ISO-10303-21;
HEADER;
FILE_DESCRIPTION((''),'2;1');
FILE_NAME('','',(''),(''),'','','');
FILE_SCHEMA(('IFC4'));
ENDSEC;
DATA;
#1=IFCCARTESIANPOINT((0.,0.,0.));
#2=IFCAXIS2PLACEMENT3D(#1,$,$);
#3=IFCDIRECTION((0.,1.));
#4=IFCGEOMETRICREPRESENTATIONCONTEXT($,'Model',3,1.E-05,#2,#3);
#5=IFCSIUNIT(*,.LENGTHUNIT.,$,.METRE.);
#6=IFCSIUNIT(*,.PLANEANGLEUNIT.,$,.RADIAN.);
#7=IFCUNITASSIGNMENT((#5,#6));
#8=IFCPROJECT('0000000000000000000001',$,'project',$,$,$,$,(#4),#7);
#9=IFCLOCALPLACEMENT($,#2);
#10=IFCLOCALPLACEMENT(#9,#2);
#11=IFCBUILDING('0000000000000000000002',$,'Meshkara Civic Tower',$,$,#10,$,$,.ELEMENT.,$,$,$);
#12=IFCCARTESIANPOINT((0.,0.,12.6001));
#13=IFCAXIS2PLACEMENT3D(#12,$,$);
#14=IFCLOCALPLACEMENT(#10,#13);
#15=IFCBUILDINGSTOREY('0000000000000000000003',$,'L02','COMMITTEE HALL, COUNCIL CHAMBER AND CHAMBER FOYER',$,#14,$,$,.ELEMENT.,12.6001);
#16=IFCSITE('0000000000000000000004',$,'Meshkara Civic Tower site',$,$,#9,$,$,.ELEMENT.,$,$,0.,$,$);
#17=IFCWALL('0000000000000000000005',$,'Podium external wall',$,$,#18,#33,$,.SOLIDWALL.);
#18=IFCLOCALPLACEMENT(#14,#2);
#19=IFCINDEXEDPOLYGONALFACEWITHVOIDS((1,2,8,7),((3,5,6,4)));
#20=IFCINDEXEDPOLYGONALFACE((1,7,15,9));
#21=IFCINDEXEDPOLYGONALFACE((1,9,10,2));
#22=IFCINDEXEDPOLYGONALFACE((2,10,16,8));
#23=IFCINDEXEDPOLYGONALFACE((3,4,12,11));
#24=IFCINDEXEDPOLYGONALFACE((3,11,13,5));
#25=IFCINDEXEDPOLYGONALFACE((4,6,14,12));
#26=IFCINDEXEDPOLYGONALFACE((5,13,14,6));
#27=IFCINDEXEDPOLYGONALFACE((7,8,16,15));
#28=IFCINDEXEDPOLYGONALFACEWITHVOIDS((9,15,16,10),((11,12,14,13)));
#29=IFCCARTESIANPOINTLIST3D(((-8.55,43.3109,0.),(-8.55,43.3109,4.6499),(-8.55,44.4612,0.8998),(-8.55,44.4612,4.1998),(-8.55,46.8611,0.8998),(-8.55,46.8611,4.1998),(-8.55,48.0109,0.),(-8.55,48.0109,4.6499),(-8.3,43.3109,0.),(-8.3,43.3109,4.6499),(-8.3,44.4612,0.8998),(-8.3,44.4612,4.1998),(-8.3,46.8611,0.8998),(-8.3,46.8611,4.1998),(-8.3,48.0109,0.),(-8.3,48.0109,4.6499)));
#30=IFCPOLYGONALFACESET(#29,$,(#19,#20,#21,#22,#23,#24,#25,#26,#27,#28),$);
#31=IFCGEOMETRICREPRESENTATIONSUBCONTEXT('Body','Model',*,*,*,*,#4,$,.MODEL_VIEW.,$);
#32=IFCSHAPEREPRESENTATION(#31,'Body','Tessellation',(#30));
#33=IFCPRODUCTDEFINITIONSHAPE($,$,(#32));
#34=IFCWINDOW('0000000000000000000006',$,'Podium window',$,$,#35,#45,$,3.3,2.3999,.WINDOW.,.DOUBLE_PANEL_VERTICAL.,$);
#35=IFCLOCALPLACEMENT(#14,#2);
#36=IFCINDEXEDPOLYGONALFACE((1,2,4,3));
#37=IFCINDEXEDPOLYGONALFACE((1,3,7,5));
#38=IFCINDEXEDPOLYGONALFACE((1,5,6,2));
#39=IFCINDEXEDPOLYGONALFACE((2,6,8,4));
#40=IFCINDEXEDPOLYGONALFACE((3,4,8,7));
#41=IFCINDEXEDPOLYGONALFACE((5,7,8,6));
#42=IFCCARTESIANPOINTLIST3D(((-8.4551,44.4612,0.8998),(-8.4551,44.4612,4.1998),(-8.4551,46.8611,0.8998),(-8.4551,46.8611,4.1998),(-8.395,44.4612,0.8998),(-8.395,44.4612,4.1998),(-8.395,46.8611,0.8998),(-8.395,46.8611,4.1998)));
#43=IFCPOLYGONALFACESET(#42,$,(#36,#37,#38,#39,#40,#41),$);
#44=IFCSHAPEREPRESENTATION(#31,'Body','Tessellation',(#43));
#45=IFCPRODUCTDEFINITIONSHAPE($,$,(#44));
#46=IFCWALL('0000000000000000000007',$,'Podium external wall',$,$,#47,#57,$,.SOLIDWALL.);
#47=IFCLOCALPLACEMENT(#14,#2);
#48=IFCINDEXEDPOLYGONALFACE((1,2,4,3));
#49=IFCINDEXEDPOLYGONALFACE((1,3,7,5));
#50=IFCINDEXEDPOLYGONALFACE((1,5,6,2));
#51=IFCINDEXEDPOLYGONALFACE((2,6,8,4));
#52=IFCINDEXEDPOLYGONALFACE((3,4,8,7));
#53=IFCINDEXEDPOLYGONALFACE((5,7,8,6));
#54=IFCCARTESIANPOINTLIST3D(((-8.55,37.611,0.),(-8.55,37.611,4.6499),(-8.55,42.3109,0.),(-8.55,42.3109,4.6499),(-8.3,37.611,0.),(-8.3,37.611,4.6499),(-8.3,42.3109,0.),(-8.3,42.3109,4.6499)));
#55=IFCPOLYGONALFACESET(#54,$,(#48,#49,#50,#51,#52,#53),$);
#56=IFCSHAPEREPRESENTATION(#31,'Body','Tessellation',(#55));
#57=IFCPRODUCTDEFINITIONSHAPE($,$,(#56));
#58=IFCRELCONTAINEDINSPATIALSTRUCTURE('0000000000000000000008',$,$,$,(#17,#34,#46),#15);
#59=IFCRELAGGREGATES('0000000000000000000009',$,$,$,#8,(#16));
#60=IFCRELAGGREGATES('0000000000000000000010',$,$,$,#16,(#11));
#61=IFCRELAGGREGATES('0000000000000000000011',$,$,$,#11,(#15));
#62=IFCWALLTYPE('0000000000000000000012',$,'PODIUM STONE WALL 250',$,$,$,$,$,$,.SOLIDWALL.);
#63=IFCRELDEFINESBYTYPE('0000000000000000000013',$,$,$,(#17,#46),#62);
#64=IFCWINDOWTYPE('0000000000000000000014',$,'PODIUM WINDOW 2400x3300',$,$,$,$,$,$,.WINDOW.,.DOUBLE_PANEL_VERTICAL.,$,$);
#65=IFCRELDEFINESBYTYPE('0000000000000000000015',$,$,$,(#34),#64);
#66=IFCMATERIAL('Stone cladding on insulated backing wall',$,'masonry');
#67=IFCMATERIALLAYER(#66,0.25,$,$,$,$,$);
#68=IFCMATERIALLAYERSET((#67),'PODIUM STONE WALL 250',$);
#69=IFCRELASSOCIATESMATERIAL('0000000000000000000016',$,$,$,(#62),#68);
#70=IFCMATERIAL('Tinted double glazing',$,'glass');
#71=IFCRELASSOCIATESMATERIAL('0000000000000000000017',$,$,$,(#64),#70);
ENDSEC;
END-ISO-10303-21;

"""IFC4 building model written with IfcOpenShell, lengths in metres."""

from ifc_helpers import new_model, si_unit, direction, frame, frame_2d, origin, place, context, subcontext, project, spatial, rectangle, extrude, material, layer, layer_set, type_object, element, fill, save


model = new_model("IFC4")

# Units and contexts
model_context = context("Model", 3, precision=1e-05, world=origin(), true_north=direction((0.0, 1.0)))
body_context = subcontext(model_context, "Body", "Model", "MODEL_VIEW")
ifc_project = project(units=[si_unit("LENGTHUNIT", "METRE"), si_unit("PLANEANGLEUNIT", "RADIAN")], contexts=[model_context])

# Site, building, storey
site_placement = place(None, origin())
site = spatial("IfcSite", under=ifc_project, at=site_placement, Name="Meshkara Civic Tower site", CompositionType="ELEMENT", RefElevation=0.0)
building_placement = place(site_placement, origin())
building = spatial("IfcBuilding", under=site, at=building_placement, Name="Meshkara Civic Tower", CompositionType="ELEMENT")
storey_placement = place(building_placement, frame((0.0, 0.0, 12.6001)))
storey = spatial("IfcBuildingStorey", under=building, at=storey_placement, Name="L02", Description="COMMITTEE HALL, COUNCIL CHAMBER AND CHAMBER FOYER", CompositionType="ELEMENT", Elevation=12.6001)

# Shared definitions
ifc_material_1 = material(Name="Stone cladding on insulated backing wall", Category="masonry")
ifc_layer_1 = layer(ifc_material_1, 0.25)
ifc_layer_set_1 = layer_set([ifc_layer_1], Name="PODIUM STONE WALL 250")
wall_type_1 = type_object("IfcWallType", Name="PODIUM STONE WALL 250", PredefinedType="SOLIDWALL", material=ifc_layer_set_1)

# Wall, opening, window
wall_1_placement = place(storey_placement, frame((-8.425, 48.011, 0.0), z_axis=(0.0, 0.0, 1.0), x_axis=(0.0, -1.0, 0.0)))
wall_1 = element("IfcWall", 1, at=wall_1_placement, inside=storey, type_object=wall_type_1, Name="Podium external wall", PredefinedType="SOLIDWALL", context=body_context, shape_type="SweptSolid", body=[
    extrude(rectangle(XDim=4.7, YDim=0.25, at=frame_2d((2.3501, 0.0))), origin(), (0.0, 0.0, 1.0), 4.6499),
])
opening_placement = place(wall_1_placement, frame((1.1499, 0.0, 0.8999)))
opening = element("IfcOpeningElement", 2, at=opening_placement, cuts=wall_1, PredefinedType="OPENING", context=body_context, shape_type="SweptSolid", body=[
    extrude(rectangle(XDim=2.3999, YDim=3.3, at=frame_2d((1.2, 1.6499))), frame((0.0, 0.135, 0.0), z_axis=(0.0, -1.0, 0.0), x_axis=(1.0, 0.0, 0.0)), (0.0, 0.0, 1.0), 0.27),
])
ifc_material_2 = material(Name="Tinted double glazing", Category="glass")
window_type = type_object("IfcWindowType", Name="PODIUM WINDOW 2400x3300", PartitioningType="DOUBLE_PANEL_VERTICAL", PredefinedType="WINDOW", material=ifc_material_2)
window_placement = place(opening_placement, origin())
window = element("IfcWindow", 3, at=window_placement, inside=storey, type_object=window_type, Name="Podium window", OverallHeight=3.3, OverallWidth=2.3999, PartitioningType="DOUBLE_PANEL_VERTICAL", PredefinedType="WINDOW", context=body_context, shape_type="SweptSolid", body=[
    extrude(rectangle(XDim=2.3999, YDim=3.3, at=frame_2d((1.2, 1.6499))), frame((0.0, 0.03, 0.0), z_axis=(0.0, -1.0, 0.0), x_axis=(1.0, 0.0, 0.0)), (0.0, 0.0, 1.0), 0.0601),
])
fill(opening, window)

# Wall
wall_2_placement = place(storey_placement, frame((-8.425, 42.311, 0.0), z_axis=(0.0, 0.0, 1.0), x_axis=(0.0, -1.0, 0.0)))
element("IfcWall", 4, at=wall_2_placement, inside=storey, type_object=wall_type_1, Name="Podium external wall", PredefinedType="SOLIDWALL", context=body_context, shape_type="SweptSolid", body=[
    extrude(rectangle(XDim=4.7, YDim=0.25, at=frame_2d((2.3501, 0.0))), origin(), (0.0, 0.0, 1.0), 4.6499),
])

save(model, "model.ifc")
